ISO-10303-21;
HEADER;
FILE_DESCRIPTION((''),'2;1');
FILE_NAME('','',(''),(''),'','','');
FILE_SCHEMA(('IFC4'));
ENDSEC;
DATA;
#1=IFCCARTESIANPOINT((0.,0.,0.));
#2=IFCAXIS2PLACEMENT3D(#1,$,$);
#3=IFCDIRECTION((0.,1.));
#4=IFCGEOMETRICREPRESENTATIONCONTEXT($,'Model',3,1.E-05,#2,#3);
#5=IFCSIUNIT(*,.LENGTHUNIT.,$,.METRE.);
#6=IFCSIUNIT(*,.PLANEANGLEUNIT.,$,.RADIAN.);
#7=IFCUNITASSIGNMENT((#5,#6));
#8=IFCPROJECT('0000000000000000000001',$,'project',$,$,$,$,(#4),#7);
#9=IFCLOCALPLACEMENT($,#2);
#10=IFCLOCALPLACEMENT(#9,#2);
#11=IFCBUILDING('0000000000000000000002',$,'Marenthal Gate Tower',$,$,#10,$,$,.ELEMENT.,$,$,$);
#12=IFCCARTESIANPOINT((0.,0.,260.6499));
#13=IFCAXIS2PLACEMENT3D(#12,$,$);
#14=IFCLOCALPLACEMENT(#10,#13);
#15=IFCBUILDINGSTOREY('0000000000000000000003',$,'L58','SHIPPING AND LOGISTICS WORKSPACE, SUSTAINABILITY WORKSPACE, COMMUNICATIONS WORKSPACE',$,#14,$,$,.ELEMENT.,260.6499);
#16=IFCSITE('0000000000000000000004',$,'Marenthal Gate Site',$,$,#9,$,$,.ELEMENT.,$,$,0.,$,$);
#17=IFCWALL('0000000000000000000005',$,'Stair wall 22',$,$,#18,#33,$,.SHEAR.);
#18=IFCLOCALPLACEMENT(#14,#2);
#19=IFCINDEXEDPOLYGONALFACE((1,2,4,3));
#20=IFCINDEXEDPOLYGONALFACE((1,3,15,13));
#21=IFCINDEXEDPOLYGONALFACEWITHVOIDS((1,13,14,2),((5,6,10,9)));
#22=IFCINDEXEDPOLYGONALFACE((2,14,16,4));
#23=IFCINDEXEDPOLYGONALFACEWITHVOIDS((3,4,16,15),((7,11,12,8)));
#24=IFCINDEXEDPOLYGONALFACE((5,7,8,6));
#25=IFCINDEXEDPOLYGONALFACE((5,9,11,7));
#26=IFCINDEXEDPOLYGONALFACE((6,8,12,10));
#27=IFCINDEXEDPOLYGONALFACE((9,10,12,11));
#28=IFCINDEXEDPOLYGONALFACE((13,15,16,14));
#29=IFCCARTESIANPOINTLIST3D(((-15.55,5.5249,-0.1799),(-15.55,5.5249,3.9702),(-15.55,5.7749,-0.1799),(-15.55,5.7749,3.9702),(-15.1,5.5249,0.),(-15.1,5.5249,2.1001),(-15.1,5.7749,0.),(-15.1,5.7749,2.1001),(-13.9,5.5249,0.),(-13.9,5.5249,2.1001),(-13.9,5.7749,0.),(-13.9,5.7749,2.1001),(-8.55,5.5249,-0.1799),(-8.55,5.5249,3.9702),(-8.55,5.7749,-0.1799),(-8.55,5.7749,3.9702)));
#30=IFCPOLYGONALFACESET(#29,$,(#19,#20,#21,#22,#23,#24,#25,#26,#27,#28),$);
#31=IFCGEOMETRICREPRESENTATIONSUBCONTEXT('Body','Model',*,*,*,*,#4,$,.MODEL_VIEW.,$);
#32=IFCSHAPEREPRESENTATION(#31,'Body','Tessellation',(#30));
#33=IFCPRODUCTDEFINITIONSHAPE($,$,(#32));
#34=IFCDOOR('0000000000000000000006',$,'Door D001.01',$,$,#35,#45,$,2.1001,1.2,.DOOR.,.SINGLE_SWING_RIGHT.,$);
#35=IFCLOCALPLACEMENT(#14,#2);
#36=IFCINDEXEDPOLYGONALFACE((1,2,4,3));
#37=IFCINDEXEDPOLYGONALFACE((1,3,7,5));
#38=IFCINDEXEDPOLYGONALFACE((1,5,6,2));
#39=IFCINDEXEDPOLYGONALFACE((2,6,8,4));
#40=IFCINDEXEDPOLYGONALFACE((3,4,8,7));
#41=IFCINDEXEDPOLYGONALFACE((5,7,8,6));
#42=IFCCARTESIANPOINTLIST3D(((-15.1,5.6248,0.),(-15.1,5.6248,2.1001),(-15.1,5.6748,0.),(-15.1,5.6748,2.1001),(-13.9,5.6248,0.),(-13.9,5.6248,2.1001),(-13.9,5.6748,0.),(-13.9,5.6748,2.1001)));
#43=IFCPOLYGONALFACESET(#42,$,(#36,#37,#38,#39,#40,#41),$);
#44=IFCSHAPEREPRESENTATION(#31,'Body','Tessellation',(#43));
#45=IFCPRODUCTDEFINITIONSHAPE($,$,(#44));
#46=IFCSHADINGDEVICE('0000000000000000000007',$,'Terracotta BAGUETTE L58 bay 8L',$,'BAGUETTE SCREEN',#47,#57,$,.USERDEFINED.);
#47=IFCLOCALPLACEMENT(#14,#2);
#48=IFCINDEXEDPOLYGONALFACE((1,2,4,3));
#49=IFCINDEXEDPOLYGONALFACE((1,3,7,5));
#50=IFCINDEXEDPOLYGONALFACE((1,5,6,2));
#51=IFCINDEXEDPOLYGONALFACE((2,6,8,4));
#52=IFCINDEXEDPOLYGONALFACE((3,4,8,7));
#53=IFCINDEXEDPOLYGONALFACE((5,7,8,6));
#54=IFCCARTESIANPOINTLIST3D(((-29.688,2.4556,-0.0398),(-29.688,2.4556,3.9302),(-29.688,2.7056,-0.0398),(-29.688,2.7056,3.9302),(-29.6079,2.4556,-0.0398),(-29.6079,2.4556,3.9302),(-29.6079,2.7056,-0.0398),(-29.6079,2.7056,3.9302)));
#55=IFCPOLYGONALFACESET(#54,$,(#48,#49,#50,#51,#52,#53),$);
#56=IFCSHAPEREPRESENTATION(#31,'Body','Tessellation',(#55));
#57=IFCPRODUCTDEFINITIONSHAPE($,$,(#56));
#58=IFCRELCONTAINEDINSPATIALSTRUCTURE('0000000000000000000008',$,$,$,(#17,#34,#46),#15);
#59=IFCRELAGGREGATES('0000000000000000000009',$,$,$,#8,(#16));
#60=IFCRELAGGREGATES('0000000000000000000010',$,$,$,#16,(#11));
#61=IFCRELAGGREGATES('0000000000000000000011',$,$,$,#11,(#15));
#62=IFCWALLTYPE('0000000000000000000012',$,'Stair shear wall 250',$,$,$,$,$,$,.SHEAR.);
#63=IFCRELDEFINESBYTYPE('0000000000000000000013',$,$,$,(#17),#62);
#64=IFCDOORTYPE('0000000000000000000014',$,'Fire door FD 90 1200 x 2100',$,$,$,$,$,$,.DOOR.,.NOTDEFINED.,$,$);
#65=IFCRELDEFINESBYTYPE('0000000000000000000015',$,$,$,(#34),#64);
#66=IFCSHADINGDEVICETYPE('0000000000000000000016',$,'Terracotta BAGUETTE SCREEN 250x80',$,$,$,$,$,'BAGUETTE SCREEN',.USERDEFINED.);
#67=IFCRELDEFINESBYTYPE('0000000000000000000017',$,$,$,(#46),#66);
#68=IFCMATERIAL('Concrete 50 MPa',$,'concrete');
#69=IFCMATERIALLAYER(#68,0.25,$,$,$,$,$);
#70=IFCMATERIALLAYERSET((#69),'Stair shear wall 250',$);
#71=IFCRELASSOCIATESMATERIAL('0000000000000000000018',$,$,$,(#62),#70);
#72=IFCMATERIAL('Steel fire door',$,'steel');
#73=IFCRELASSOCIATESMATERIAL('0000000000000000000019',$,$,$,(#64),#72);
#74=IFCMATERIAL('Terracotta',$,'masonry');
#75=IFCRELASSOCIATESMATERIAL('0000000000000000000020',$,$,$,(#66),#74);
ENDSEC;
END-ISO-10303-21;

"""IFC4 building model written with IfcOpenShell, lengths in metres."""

from ifc_helpers import new_model, si_unit, direction, frame, frame_2d, origin, origin_2d, place, context, subcontext, project, spatial, rectangle, extrude, material, layer, layer_set, material_profile, profile_set, type_object, element, fill, save


model = new_model("IFC4")

# Units and contexts
model_context = context("Model", 3, precision=1e-05, world=origin(), true_north=direction((0.0, 1.0)))
body_context = subcontext(model_context, "Body", "Model", "MODEL_VIEW")
ifc_project = project(units=[si_unit("LENGTHUNIT", "METRE"), si_unit("PLANEANGLEUNIT", "RADIAN")], contexts=[model_context])

# Site, building, storey
site_placement = place(None, origin())
site = spatial("IfcSite", under=ifc_project, at=site_placement, Name="Marenthal Gate Site", CompositionType="ELEMENT", RefElevation=0.0)
building_placement = place(site_placement, origin())
building = spatial("IfcBuilding", under=site, at=building_placement, Name="Marenthal Gate Tower", CompositionType="ELEMENT")
storey_placement = place(building_placement, frame((0.0, 0.0, 260.6499)))
storey = spatial("IfcBuildingStorey", under=building, at=storey_placement, Name="L58", Description="SHIPPING AND LOGISTICS WORKSPACE, SUSTAINABILITY WORKSPACE, COMMUNICATIONS WORKSPACE", CompositionType="ELEMENT", Elevation=260.6499)

# Wall, opening, door
ifc_material_1 = material(Name="Concrete 50 MPa", Category="concrete")
ifc_layer_1 = layer(ifc_material_1, 0.25)
ifc_layer_set_1 = layer_set([ifc_layer_1], Name="Stair shear wall 250")
wall_type_1 = type_object("IfcWallType", Name="Stair shear wall 250", PredefinedType="SHEAR", material=ifc_layer_set_1)
wall_1_placement = place(storey_placement, frame((-15.55, 5.6499, -0.1799), z_axis=(0.0, 0.0, 1.0), x_axis=(1.0, 0.0, 0.0)))
wall_1 = element("IfcWall", 1, at=wall_1_placement, inside=storey, type_object=wall_type_1, Name="Stair wall 22", PredefinedType="SHEAR", context=body_context, shape_type="SweptSolid", body=[
    extrude(rectangle(XDim=7.0, YDim=0.25, at=frame_2d((3.5, 0.0))), origin(), (0.0, 0.0, 1.0), 4.1501),
])
opening_1_placement = place(wall_1_placement, frame((0.45, 0.0, 0.1799)))
opening_1 = element("IfcOpeningElement", 2, at=opening_1_placement, cuts=wall_1, PredefinedType="OPENING", context=body_context, shape_type="SweptSolid", body=[
    extrude(rectangle(XDim=1.2, YDim=2.1001, at=frame_2d((0.6001, 1.05))), frame((0.0, 0.135, 0.0), z_axis=(0.0, -1.0, 0.0), x_axis=(1.0, 0.0, 0.0)), (0.0, 0.0, 1.0), 0.27),
])
ifc_material_2 = material(Name="Steel fire door", Category="steel")
door_type_1 = type_object("IfcDoorType", Name="Fire door FD 90 1200 x 2100", OperationType="NOTDEFINED", PredefinedType="DOOR", material=ifc_material_2)
door_1_placement = place(opening_1_placement, origin())
door_1 = element("IfcDoor", 3, at=door_1_placement, inside=storey, type_object=door_type_1, Name="Door D001.01", OperationType="SINGLE_SWING_RIGHT", OverallHeight=2.1001, OverallWidth=1.2, PredefinedType="DOOR", context=body_context, shape_type="SweptSolid", body=[
    extrude(rectangle(XDim=1.2, YDim=2.1001, at=frame_2d((0.6001, 1.05))), frame((0.0, 0.0249, 0.0), z_axis=(0.0, -1.0, 0.0), x_axis=(1.0, 0.0, 0.0)), (0.0, 0.0, 1.0), 0.05),
])
fill(opening_1, door_1)

# Shading device
ifc_material_3 = material(Name="Terracotta", Category="masonry")
ifc_material_profile_1 = material_profile(ifc_material_3, rectangle(XDim=0.25, YDim=0.0801, at=origin_2d()), Name="Terracotta baguette 250x80")
ifc_profile_set_1 = profile_set([ifc_material_profile_1], Name="Terracotta")
shading_device_type = type_object("IfcShadingDeviceType", Name="Terracotta BAGUETTE SCREEN 250x80", ElementType="BAGUETTE SCREEN", PredefinedType="USERDEFINED", material=ifc_profile_set_1)
shading_device_placement = place(storey_placement, frame((-29.6479, 2.5806, -0.0398), z_axis=(0.0, 0.0, 1.0), x_axis=(0.0, -1.0, 0.0)))
element("IfcShadingDevice", 4, at=shading_device_placement, inside=storey, type_object=shading_device_type, Name="Terracotta BAGUETTE L58 bay 8L", ObjectType="BAGUETTE SCREEN", PredefinedType="USERDEFINED", context=body_context, shape_type="SweptSolid", body=[
    extrude(rectangle(XDim=0.25, YDim=0.0801, at=origin_2d()), origin(), (0.0, 0.0, 1.0), 3.97),
])

save(model, "model.ifc")
